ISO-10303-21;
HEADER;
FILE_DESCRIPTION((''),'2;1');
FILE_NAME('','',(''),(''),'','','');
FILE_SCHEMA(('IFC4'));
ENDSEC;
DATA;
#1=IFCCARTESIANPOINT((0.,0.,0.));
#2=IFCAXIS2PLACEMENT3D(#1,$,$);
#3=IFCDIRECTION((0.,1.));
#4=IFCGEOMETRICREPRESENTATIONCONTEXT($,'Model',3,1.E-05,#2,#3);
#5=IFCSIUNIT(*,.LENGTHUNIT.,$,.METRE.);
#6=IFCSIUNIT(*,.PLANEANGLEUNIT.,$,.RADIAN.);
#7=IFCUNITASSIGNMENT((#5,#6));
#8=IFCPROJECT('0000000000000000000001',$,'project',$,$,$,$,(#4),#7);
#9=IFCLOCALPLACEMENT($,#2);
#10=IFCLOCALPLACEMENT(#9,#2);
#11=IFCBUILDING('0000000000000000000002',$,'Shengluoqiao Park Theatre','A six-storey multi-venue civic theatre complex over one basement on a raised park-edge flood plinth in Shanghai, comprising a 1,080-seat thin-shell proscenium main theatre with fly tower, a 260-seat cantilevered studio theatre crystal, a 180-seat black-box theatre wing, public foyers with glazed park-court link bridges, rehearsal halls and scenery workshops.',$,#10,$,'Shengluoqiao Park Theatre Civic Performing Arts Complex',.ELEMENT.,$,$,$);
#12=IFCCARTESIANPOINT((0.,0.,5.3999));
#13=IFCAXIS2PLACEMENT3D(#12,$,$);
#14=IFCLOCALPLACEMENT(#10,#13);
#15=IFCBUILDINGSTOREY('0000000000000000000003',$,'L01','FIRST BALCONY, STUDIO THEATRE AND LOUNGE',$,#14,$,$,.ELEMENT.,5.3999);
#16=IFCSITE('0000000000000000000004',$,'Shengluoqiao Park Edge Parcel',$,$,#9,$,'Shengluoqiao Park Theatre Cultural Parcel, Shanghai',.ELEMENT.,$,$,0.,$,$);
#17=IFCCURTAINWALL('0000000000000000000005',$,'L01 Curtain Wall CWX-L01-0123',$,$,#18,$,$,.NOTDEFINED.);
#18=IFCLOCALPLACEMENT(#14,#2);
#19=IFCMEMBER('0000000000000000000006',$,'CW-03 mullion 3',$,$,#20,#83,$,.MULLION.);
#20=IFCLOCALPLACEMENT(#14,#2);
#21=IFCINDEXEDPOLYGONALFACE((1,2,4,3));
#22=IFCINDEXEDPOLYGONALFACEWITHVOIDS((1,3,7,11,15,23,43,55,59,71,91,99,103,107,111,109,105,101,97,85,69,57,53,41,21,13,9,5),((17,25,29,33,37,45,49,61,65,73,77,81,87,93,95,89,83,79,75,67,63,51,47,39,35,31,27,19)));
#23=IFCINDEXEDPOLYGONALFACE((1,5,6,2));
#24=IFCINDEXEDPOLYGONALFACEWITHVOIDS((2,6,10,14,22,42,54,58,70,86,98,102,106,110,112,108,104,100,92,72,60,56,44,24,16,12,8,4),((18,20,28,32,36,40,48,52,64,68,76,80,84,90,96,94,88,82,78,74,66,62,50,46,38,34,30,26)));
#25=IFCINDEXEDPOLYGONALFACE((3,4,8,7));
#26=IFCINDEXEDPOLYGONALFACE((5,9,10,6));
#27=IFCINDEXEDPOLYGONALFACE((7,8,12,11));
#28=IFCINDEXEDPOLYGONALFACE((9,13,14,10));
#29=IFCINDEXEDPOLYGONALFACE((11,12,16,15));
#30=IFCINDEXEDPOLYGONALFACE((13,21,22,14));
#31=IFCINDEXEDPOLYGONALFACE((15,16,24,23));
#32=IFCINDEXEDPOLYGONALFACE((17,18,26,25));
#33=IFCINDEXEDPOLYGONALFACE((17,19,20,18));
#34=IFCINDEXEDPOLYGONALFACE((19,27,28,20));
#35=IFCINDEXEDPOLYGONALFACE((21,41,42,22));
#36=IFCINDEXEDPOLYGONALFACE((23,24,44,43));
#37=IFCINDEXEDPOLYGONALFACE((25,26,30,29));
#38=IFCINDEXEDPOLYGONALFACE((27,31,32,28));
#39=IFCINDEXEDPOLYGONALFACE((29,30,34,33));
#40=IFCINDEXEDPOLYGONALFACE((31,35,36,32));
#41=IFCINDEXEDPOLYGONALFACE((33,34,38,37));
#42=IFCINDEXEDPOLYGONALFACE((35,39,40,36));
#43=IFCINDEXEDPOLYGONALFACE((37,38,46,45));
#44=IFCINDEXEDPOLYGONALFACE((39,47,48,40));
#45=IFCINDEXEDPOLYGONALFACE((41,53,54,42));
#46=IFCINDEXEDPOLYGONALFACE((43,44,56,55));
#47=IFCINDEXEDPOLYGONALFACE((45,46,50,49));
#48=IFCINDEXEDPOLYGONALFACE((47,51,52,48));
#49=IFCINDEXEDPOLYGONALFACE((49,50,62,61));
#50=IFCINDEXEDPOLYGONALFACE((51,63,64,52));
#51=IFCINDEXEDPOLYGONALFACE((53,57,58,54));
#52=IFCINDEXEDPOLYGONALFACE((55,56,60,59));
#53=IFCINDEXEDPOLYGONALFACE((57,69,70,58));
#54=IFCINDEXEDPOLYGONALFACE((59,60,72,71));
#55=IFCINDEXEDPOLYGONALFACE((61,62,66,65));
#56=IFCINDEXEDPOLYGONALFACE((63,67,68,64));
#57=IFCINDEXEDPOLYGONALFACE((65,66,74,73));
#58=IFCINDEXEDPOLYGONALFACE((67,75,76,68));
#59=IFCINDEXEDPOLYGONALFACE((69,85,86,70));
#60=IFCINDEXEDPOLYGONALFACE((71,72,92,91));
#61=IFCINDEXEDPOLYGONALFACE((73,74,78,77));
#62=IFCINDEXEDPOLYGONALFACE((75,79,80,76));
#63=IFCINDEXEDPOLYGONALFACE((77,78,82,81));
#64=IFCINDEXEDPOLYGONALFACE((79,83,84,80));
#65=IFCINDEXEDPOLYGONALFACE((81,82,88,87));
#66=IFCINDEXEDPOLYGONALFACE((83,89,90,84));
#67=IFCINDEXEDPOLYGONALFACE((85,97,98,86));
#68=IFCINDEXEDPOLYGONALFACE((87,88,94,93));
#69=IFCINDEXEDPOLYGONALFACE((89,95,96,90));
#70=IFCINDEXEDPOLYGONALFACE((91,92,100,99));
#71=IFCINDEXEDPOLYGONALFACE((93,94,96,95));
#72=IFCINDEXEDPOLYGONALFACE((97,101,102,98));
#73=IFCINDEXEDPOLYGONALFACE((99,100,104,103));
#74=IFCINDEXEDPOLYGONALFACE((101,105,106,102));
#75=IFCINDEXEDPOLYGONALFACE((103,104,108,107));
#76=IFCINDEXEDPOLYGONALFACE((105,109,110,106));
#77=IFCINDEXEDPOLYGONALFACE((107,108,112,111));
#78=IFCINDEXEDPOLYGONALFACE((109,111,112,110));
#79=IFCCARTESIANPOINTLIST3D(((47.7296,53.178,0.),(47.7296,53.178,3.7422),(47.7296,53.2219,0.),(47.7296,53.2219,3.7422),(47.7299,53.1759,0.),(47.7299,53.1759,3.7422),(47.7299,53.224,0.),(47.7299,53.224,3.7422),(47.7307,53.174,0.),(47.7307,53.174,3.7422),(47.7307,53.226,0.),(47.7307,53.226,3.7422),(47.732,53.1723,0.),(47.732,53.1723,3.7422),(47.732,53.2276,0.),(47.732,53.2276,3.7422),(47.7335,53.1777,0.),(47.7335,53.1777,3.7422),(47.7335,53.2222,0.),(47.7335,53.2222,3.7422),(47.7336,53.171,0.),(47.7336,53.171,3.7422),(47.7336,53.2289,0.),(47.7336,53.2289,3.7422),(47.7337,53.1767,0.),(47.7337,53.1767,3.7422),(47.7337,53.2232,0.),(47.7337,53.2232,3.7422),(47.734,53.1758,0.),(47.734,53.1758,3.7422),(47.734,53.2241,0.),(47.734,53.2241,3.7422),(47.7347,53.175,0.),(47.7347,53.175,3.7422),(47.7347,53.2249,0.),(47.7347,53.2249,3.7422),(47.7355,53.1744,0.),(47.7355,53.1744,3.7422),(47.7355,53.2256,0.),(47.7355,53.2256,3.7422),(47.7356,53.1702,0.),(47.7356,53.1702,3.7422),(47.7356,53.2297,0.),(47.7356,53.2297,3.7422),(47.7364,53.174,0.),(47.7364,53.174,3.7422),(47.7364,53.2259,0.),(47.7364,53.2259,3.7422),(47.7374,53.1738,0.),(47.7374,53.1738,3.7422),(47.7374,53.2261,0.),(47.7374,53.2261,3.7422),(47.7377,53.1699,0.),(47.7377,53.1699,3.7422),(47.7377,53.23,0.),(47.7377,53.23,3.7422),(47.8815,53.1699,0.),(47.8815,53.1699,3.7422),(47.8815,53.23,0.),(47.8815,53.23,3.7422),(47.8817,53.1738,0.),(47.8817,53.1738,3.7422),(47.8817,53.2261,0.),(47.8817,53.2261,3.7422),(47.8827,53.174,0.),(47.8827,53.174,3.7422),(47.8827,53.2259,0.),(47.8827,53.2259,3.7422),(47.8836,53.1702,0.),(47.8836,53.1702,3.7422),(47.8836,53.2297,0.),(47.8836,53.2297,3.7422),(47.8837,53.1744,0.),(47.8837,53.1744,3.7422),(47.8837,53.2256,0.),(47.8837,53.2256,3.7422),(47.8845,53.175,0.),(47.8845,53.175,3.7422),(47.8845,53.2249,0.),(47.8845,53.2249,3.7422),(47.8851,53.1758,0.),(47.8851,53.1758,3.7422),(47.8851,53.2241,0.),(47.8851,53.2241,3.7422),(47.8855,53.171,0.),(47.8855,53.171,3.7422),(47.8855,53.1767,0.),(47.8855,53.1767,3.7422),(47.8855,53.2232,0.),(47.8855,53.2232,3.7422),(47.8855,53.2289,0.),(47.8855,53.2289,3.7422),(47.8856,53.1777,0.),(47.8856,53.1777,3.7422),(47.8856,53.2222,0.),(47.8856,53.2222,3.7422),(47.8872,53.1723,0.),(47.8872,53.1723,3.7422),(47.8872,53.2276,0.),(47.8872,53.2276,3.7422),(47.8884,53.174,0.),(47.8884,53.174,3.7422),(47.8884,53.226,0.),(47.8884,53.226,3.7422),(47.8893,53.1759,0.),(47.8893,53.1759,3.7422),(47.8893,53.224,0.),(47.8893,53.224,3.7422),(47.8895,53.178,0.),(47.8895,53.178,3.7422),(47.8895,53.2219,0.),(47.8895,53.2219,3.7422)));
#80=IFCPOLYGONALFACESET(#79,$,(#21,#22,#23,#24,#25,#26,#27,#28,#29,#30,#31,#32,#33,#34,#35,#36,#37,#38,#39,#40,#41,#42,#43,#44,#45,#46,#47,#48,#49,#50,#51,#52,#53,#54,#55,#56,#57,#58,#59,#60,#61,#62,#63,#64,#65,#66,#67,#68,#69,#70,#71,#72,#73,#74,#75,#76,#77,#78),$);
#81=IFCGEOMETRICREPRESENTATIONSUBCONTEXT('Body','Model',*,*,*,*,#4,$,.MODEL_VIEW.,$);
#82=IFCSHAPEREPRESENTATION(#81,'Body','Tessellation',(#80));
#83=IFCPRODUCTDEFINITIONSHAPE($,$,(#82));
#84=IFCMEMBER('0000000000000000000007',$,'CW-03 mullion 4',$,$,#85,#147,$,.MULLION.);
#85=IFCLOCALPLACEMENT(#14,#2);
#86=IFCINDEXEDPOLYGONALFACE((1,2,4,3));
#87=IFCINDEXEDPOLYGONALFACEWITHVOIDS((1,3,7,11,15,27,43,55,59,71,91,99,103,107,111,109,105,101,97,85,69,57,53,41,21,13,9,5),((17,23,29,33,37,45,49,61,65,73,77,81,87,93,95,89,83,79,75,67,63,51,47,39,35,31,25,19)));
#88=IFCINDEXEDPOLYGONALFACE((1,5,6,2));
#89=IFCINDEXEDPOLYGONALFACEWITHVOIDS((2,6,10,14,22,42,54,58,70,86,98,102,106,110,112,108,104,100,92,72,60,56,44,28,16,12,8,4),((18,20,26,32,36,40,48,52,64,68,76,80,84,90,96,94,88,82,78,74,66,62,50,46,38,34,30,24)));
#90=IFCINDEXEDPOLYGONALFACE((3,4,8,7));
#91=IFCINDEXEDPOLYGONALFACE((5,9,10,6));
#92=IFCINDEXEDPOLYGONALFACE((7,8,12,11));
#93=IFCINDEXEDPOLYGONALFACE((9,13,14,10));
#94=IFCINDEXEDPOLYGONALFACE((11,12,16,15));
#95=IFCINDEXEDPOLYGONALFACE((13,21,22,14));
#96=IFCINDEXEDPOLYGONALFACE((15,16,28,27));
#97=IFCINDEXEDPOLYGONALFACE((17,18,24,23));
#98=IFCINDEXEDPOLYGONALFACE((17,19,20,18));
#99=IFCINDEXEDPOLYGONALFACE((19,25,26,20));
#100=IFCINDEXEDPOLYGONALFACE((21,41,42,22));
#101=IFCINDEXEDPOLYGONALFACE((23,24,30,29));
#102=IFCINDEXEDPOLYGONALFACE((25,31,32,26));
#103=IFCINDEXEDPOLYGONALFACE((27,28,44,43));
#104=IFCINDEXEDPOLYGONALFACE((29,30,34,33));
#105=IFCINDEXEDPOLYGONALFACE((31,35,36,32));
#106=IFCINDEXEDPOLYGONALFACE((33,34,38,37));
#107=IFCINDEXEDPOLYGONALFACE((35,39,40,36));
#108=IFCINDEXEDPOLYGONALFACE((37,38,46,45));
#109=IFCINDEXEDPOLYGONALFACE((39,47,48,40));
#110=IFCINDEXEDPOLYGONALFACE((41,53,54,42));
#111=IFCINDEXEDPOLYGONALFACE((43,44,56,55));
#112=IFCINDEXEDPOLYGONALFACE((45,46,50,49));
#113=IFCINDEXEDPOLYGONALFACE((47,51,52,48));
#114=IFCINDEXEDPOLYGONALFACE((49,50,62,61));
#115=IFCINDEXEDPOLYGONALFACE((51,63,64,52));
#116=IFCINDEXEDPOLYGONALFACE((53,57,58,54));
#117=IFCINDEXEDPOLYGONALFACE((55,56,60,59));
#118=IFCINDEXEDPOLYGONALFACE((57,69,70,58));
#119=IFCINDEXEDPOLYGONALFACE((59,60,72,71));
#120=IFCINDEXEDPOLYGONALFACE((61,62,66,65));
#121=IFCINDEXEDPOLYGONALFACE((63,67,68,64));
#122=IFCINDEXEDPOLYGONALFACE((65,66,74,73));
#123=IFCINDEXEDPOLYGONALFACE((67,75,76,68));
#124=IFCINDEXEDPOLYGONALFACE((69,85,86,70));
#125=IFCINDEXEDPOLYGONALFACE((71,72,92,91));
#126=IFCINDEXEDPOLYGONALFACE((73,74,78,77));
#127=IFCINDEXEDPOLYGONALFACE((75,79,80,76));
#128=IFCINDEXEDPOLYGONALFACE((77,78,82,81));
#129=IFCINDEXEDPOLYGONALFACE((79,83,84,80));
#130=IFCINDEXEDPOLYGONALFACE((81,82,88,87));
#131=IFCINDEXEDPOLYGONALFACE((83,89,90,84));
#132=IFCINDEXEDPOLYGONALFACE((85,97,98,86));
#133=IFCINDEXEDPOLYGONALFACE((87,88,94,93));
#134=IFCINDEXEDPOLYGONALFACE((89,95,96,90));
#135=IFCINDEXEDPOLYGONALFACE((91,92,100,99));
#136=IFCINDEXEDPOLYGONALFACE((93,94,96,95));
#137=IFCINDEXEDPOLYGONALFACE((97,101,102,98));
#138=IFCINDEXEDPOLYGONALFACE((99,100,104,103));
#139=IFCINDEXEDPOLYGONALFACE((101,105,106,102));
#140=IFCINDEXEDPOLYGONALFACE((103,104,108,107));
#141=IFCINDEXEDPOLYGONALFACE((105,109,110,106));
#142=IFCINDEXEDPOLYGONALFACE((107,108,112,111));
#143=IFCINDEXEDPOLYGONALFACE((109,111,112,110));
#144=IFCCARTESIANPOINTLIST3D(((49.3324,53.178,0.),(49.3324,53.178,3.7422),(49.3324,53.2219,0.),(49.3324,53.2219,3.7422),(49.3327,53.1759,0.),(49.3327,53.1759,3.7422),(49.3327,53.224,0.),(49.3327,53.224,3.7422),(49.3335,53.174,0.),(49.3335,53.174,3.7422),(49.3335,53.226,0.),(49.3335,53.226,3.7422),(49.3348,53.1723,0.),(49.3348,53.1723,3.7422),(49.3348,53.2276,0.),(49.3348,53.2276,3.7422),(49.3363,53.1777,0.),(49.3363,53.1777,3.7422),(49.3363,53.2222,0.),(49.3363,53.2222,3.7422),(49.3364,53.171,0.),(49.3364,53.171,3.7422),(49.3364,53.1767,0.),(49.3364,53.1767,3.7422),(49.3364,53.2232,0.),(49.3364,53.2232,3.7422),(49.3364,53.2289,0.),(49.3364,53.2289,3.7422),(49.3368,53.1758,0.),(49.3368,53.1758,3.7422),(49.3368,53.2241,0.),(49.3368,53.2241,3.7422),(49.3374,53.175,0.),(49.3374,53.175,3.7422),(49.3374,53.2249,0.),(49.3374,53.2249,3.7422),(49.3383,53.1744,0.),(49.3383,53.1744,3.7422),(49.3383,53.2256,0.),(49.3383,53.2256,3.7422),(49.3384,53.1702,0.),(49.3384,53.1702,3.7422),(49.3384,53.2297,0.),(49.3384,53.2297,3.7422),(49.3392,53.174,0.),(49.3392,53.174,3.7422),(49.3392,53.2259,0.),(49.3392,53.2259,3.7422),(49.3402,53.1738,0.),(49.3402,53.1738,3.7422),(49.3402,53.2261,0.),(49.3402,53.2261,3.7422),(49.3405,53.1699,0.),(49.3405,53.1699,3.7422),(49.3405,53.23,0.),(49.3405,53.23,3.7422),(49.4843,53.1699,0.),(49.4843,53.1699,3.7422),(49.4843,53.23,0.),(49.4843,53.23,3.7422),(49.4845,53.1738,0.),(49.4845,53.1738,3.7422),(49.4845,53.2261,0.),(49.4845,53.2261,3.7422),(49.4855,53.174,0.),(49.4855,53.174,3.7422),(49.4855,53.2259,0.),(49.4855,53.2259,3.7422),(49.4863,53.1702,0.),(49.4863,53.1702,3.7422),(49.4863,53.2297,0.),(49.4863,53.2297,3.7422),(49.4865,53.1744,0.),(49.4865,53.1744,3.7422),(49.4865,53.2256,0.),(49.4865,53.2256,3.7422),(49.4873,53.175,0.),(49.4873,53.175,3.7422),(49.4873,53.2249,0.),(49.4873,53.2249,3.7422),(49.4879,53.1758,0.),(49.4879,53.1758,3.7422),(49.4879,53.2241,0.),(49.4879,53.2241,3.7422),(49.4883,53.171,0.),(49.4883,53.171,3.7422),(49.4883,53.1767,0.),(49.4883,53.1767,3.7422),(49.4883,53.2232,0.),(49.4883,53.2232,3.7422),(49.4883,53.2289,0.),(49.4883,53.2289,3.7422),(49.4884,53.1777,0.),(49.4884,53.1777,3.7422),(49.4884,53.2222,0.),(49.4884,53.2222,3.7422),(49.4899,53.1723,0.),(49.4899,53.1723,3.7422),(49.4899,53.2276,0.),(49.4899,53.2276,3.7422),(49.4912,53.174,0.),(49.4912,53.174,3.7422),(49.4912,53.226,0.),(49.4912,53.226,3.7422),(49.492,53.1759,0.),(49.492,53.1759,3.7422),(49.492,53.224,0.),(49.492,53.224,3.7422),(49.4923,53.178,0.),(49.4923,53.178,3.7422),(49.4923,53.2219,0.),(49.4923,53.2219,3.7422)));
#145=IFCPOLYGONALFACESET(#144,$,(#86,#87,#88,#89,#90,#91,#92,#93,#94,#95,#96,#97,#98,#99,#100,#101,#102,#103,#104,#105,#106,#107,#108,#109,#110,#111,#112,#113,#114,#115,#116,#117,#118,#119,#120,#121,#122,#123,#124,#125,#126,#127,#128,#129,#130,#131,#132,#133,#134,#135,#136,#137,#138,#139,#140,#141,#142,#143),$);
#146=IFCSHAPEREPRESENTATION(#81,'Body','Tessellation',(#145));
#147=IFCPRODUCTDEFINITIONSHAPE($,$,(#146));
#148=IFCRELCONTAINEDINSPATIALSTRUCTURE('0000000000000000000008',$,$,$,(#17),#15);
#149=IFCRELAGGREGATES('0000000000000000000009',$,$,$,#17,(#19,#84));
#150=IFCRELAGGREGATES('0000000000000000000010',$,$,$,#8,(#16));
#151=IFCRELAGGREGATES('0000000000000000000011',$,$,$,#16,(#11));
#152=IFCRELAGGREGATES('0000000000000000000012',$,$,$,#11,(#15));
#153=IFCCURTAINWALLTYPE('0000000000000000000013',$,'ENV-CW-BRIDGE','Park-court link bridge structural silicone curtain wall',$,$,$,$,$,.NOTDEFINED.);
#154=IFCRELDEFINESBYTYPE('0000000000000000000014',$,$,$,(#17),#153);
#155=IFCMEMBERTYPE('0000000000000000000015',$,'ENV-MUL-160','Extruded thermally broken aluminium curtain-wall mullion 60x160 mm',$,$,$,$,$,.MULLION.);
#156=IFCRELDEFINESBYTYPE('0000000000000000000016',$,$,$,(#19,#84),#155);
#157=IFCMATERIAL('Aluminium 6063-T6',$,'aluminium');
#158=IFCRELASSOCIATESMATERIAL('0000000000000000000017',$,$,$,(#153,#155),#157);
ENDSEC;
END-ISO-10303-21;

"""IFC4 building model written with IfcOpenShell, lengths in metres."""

from ifc_helpers import new_model, si_unit, direction, frame, origin, origin_2d, place, context, subcontext, project, spatial, hollow_rectangle, extrude, material, material_profile, profile_set, type_object, element, aggregate, save


model = new_model("IFC4")

# Units and contexts
model_context = context("Model", 3, precision=1e-05, world=origin(), true_north=direction((0.0, 1.0)))
body_context = subcontext(model_context, "Body", "Model", "MODEL_VIEW")
ifc_project = project(units=[si_unit("LENGTHUNIT", "METRE"), si_unit("PLANEANGLEUNIT", "RADIAN")], contexts=[model_context])

# Site, building, storey
site_placement = place(None, origin())
site = spatial("IfcSite", under=ifc_project, at=site_placement, Name="Shengluoqiao Park Edge Parcel", LongName="Shengluoqiao Park Theatre Cultural Parcel, Shanghai", CompositionType="ELEMENT", RefElevation=0.0)
building_placement = place(site_placement, origin())
building = spatial("IfcBuilding", under=site, at=building_placement, Name="Shengluoqiao Park Theatre", Description="A six-storey multi-venue civic theatre complex over one basement on a raised park-edge flood plinth in Shanghai, comprising a 1,080-seat thin-shell proscenium main theatre with fly tower, a 260-seat cantilevered studio theatre crystal, a 180-seat black-box theatre wing, public foyers with glazed park-court link bridges, rehearsal halls and scenery workshops.", LongName="Shengluoqiao Park Theatre Civic Performing Arts Complex", CompositionType="ELEMENT")
storey_placement = place(building_placement, frame((0.0, 0.0, 5.3999)))
storey = spatial("IfcBuildingStorey", under=building, at=storey_placement, Name="L01", Description="FIRST BALCONY, STUDIO THEATRE AND LOUNGE", CompositionType="ELEMENT", Elevation=5.3999)

# Curtain wall, members
ifc_material_1 = material(Name="Aluminium 6063-T6", Category="aluminium")
curtain_wall_type = type_object("IfcCurtainWallType", Name="ENV-CW-BRIDGE", Description="Park-court link bridge structural silicone curtain wall", PredefinedType="NOTDEFINED", material=ifc_material_1)
curtain_wall_placement = place(storey_placement, origin())
curtain_wall = element("IfcCurtainWall", 1, at=curtain_wall_placement, inside=storey, type_object=curtain_wall_type, Name="L01 Curtain Wall CWX-L01-0123", PredefinedType="NOTDEFINED")
ifc_material_profile_1 = material_profile(ifc_material_1, hollow_rectangle(XDim=0.0601, YDim=0.1599, WallThickness=0.0039, InnerFilletRadius=0.0039, OuterFilletRadius=0.0081, at=origin_2d()), Name="ALU MULLION 160x60x4")
ifc_profile_set_1 = profile_set([ifc_material_profile_1], Name="Aluminium 6063-T6")
member_type_1 = type_object("IfcMemberType", Name="ENV-MUL-160", Description="Extruded thermally broken aluminium curtain-wall mullion 60x160 mm", PredefinedType="MULLION", material=ifc_profile_set_1)
member_1_placement = place(storey_placement, frame((47.8096, 53.2, 0.0), z_axis=(0.0, 0.0, 1.0), x_axis=(0.0, 1.0, 0.0)))
member_1 = element("IfcMember", 2, at=member_1_placement, type_object=member_type_1, Name="CW-03 mullion 3", PredefinedType="MULLION", context=body_context, shape_type="SweptSolid", body=[
    extrude(hollow_rectangle(XDim=0.0601, YDim=0.1599, WallThickness=0.0039, InnerFilletRadius=0.0039, OuterFilletRadius=0.0081, at=origin_2d()), origin(), (0.0, 0.0, 1.0), 3.7422),
])
member_2_placement = place(storey_placement, frame((49.4124, 53.2, 0.0), z_axis=(0.0, 0.0, 1.0), x_axis=(0.0, 1.0, 0.0)))
member_2 = element("IfcMember", 3, at=member_2_placement, type_object=member_type_1, Name="CW-03 mullion 4", PredefinedType="MULLION", context=body_context, shape_type="SweptSolid", body=[
    extrude(hollow_rectangle(XDim=0.0601, YDim=0.1599, WallThickness=0.0039, InnerFilletRadius=0.0039, OuterFilletRadius=0.0081, at=origin_2d()), origin(), (0.0, 0.0, 1.0), 3.7422),
])

aggregate(curtain_wall, [member_1, member_2])

save(model, "model.ifc")
